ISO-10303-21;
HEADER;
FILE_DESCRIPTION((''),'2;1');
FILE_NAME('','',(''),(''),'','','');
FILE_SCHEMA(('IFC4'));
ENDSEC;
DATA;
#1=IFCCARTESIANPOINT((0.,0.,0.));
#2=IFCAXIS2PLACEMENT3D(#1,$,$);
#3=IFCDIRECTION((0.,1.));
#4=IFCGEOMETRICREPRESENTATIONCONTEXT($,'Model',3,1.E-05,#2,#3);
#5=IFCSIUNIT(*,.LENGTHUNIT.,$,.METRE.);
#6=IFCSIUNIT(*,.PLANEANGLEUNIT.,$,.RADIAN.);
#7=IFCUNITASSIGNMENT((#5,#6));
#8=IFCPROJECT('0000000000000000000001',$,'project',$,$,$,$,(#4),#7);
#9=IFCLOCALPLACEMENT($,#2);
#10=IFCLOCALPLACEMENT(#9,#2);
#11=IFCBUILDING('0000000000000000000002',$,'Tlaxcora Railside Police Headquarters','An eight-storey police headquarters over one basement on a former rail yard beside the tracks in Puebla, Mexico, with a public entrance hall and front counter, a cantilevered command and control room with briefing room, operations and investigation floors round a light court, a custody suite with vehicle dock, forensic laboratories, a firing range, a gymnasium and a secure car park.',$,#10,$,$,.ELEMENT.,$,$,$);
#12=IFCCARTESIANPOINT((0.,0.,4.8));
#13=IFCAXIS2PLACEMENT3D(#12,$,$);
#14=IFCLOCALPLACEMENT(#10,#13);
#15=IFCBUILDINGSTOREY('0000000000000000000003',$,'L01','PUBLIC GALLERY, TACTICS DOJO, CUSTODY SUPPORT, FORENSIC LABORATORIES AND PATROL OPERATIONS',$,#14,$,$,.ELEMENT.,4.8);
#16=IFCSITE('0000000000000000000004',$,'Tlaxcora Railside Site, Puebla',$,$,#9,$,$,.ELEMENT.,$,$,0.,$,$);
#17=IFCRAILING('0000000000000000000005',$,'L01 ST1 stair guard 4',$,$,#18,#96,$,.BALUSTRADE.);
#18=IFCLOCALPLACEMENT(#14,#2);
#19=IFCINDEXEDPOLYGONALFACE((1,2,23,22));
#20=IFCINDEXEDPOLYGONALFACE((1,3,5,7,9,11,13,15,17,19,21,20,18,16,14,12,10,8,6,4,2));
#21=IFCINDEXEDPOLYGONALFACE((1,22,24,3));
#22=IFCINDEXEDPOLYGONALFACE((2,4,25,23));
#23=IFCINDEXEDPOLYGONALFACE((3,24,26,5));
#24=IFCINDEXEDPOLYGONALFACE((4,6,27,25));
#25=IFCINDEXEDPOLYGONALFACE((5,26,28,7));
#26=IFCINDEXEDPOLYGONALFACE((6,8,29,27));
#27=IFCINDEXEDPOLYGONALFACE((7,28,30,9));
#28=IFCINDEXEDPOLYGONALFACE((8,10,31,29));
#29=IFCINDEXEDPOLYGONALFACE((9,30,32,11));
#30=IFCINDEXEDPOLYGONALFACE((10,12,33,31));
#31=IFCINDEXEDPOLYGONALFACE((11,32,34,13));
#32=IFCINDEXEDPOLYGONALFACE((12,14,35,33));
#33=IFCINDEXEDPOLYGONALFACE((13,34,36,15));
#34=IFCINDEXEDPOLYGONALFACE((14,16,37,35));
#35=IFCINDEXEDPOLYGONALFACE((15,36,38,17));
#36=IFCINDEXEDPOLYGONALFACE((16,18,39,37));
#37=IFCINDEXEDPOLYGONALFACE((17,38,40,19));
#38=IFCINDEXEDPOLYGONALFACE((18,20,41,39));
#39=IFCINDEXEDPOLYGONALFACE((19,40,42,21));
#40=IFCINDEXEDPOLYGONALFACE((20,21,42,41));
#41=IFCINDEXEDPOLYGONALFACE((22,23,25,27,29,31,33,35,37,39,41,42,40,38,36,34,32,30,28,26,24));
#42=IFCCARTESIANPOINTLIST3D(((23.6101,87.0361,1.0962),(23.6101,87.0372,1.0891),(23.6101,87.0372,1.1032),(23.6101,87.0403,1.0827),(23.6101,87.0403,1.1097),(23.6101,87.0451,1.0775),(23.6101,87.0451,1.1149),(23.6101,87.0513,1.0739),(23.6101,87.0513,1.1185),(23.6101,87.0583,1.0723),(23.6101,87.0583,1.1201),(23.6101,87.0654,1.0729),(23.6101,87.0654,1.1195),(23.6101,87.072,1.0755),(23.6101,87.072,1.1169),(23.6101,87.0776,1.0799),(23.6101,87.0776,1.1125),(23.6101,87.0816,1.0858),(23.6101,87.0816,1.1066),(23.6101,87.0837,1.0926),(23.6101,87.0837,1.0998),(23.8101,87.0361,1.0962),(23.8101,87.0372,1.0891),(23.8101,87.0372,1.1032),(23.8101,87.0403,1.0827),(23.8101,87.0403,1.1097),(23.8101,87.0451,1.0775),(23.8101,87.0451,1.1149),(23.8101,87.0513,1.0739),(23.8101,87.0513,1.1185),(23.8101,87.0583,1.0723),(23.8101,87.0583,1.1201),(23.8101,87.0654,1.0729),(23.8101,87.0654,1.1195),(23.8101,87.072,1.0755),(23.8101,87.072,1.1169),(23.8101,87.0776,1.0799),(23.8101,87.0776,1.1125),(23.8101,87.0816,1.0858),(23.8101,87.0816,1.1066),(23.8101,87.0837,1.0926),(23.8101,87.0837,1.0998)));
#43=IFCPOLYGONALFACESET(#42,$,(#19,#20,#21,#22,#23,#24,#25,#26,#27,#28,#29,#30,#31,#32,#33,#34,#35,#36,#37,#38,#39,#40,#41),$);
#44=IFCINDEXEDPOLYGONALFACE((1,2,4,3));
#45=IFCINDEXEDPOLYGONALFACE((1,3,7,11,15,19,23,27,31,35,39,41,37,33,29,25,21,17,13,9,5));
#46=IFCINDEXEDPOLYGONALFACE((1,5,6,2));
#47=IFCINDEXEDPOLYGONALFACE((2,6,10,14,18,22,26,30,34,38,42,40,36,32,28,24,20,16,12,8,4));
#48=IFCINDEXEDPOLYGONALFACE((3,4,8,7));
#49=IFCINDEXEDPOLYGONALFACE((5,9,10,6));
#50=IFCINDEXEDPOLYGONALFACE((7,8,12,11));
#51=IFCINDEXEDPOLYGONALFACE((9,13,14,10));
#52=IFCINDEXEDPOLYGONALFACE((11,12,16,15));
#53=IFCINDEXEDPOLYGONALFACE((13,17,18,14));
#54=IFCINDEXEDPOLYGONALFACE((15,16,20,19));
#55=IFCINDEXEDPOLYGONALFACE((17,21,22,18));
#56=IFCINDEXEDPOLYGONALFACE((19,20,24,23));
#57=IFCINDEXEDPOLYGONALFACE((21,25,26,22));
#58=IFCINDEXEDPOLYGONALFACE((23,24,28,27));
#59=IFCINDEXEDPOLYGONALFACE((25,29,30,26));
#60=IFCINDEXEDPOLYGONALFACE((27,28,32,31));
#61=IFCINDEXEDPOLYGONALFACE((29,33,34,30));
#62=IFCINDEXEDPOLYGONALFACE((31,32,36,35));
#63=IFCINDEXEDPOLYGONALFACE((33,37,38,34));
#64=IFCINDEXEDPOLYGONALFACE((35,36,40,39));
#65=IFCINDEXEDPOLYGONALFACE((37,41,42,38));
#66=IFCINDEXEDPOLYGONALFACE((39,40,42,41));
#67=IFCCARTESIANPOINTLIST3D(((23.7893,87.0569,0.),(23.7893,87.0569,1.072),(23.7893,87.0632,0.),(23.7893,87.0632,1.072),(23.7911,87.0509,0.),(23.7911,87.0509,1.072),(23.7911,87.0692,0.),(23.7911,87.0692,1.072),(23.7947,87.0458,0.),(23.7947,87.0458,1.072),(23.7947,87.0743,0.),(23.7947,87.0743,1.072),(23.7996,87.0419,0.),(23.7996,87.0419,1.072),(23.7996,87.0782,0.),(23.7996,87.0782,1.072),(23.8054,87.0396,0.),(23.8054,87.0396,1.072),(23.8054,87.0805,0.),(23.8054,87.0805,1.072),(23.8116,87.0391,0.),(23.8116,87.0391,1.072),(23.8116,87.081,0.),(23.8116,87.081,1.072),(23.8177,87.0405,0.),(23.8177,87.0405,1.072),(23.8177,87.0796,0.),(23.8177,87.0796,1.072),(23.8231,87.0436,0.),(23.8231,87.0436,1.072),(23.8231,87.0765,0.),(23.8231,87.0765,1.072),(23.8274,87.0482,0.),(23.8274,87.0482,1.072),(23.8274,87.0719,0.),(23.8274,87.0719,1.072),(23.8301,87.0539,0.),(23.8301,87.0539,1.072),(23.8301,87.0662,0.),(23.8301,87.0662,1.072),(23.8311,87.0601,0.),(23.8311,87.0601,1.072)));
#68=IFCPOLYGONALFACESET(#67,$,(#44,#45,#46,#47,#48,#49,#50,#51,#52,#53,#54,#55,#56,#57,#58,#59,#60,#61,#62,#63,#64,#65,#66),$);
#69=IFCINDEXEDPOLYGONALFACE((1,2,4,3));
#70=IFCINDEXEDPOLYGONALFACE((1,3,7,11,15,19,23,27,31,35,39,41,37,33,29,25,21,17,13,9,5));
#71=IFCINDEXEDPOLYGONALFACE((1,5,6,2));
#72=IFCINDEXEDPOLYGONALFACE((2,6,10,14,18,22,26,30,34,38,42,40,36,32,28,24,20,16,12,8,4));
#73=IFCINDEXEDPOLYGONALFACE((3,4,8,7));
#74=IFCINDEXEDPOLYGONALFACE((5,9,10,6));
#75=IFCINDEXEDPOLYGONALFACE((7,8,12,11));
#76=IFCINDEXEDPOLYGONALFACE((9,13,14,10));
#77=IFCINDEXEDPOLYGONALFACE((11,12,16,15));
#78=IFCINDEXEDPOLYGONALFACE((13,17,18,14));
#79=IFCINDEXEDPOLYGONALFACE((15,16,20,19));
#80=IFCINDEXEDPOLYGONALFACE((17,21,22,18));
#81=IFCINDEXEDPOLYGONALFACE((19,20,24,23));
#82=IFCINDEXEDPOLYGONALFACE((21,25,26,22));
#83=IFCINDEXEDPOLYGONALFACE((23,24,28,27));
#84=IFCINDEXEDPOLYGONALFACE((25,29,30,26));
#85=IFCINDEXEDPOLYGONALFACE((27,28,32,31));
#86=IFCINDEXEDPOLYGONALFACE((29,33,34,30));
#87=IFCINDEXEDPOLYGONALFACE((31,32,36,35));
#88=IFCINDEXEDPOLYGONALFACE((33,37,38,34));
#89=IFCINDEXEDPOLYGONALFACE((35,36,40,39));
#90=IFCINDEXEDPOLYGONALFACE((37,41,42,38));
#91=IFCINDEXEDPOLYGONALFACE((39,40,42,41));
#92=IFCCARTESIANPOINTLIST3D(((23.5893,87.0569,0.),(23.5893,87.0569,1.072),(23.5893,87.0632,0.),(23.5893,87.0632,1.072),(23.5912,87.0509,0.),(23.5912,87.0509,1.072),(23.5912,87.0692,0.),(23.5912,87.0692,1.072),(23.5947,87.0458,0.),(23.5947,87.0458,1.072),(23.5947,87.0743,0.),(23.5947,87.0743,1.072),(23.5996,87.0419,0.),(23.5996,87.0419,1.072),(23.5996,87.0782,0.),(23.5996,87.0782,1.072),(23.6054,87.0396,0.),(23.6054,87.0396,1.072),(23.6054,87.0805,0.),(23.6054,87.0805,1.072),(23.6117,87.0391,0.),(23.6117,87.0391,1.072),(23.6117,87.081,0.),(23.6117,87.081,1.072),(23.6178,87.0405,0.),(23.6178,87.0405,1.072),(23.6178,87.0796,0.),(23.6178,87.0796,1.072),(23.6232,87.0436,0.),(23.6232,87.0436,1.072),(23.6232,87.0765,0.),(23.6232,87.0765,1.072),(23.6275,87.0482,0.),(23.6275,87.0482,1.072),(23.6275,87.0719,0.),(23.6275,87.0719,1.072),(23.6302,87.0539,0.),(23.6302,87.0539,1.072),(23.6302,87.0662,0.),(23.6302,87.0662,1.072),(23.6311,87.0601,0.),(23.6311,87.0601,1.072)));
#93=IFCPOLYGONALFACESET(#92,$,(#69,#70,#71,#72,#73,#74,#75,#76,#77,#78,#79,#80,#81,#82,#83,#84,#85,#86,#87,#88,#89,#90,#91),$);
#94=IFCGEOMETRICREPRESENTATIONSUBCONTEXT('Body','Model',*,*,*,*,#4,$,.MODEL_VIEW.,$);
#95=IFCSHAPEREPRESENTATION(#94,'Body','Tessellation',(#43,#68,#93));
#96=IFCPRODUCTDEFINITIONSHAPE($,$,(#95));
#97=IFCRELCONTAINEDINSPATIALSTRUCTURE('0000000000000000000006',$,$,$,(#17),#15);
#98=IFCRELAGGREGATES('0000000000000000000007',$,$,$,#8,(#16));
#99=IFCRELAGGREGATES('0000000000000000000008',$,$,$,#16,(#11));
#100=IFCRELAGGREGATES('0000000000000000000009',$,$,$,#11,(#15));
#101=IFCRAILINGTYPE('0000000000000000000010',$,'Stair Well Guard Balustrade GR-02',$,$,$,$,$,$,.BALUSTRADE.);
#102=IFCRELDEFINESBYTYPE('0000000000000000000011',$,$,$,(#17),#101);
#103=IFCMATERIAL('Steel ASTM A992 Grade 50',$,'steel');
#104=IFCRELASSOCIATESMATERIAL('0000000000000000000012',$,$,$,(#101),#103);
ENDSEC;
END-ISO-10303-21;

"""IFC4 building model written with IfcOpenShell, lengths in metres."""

from ifc_helpers import new_model, si_unit, direction, frame, origin, origin_2d, place, context, subcontext, project, spatial, circle, extrude, material, type_object, element, save


model = new_model("IFC4")

# Units and contexts
model_context = context("Model", 3, precision=1e-05, world=origin(), true_north=direction((0.0, 1.0)))
body_context = subcontext(model_context, "Body", "Model", "MODEL_VIEW")
ifc_project = project(units=[si_unit("LENGTHUNIT", "METRE"), si_unit("PLANEANGLEUNIT", "RADIAN")], contexts=[model_context])

# Site, building, storey
site_placement = place(None, origin())
site = spatial("IfcSite", under=ifc_project, at=site_placement, Name="Tlaxcora Railside Site, Puebla", CompositionType="ELEMENT", RefElevation=0.0)
building_placement = place(site_placement, origin())
building = spatial("IfcBuilding", under=site, at=building_placement, Name="Tlaxcora Railside Police Headquarters", Description="An eight-storey police headquarters over one basement on a former rail yard beside the tracks in Puebla, Mexico, with a public entrance hall and front counter, a cantilevered command and control room with briefing room, operations and investigation floors round a light court, a custody suite with vehicle dock, forensic laboratories, a firing range, a gymnasium and a secure car park.", CompositionType="ELEMENT")
storey_placement = place(building_placement, frame((0.0, 0.0, 4.8)))
storey = spatial("IfcBuildingStorey", under=building, at=storey_placement, Name="L01", Description="PUBLIC GALLERY, TACTICS DOJO, CUSTODY SUPPORT, FORENSIC LABORATORIES AND PATROL OPERATIONS", CompositionType="ELEMENT", Elevation=4.8)

# Shared definitions
ifc_material_1 = material(Name="Steel ASTM A992 Grade 50", Category="steel")

# Railing
railing_type_1 = type_object("IfcRailingType", Name="Stair Well Guard Balustrade GR-02", PredefinedType="BALUSTRADE", material=ifc_material_1)
railing_1_placement = place(storey_placement, frame((23.8101, 87.0601, 0.0)))
element("IfcRailing", 1, at=railing_1_placement, inside=storey, type_object=railing_type_1, Name="L01 ST1 stair guard 4", PredefinedType="BALUSTRADE", context=body_context, shape_type="SweptSolid", body=[
    extrude(circle(Radius=0.0239, at=origin_2d()), frame((0.0, 0.0, 1.0962), z_axis=(-1.0, 0.0, 0.0), x_axis=(0.0, -1.0, 0.0)), (0.0, 0.0, 1.0), 0.2),
    extrude(circle(Radius=0.021, at=origin_2d()), origin(), (0.0, 0.0, 1.0), 1.072),
    extrude(circle(Radius=0.021, at=origin_2d()), frame((-0.2, 0.0, 0.0)), (0.0, 0.0, 1.0), 1.072),
])

save(model, "model.ifc")
